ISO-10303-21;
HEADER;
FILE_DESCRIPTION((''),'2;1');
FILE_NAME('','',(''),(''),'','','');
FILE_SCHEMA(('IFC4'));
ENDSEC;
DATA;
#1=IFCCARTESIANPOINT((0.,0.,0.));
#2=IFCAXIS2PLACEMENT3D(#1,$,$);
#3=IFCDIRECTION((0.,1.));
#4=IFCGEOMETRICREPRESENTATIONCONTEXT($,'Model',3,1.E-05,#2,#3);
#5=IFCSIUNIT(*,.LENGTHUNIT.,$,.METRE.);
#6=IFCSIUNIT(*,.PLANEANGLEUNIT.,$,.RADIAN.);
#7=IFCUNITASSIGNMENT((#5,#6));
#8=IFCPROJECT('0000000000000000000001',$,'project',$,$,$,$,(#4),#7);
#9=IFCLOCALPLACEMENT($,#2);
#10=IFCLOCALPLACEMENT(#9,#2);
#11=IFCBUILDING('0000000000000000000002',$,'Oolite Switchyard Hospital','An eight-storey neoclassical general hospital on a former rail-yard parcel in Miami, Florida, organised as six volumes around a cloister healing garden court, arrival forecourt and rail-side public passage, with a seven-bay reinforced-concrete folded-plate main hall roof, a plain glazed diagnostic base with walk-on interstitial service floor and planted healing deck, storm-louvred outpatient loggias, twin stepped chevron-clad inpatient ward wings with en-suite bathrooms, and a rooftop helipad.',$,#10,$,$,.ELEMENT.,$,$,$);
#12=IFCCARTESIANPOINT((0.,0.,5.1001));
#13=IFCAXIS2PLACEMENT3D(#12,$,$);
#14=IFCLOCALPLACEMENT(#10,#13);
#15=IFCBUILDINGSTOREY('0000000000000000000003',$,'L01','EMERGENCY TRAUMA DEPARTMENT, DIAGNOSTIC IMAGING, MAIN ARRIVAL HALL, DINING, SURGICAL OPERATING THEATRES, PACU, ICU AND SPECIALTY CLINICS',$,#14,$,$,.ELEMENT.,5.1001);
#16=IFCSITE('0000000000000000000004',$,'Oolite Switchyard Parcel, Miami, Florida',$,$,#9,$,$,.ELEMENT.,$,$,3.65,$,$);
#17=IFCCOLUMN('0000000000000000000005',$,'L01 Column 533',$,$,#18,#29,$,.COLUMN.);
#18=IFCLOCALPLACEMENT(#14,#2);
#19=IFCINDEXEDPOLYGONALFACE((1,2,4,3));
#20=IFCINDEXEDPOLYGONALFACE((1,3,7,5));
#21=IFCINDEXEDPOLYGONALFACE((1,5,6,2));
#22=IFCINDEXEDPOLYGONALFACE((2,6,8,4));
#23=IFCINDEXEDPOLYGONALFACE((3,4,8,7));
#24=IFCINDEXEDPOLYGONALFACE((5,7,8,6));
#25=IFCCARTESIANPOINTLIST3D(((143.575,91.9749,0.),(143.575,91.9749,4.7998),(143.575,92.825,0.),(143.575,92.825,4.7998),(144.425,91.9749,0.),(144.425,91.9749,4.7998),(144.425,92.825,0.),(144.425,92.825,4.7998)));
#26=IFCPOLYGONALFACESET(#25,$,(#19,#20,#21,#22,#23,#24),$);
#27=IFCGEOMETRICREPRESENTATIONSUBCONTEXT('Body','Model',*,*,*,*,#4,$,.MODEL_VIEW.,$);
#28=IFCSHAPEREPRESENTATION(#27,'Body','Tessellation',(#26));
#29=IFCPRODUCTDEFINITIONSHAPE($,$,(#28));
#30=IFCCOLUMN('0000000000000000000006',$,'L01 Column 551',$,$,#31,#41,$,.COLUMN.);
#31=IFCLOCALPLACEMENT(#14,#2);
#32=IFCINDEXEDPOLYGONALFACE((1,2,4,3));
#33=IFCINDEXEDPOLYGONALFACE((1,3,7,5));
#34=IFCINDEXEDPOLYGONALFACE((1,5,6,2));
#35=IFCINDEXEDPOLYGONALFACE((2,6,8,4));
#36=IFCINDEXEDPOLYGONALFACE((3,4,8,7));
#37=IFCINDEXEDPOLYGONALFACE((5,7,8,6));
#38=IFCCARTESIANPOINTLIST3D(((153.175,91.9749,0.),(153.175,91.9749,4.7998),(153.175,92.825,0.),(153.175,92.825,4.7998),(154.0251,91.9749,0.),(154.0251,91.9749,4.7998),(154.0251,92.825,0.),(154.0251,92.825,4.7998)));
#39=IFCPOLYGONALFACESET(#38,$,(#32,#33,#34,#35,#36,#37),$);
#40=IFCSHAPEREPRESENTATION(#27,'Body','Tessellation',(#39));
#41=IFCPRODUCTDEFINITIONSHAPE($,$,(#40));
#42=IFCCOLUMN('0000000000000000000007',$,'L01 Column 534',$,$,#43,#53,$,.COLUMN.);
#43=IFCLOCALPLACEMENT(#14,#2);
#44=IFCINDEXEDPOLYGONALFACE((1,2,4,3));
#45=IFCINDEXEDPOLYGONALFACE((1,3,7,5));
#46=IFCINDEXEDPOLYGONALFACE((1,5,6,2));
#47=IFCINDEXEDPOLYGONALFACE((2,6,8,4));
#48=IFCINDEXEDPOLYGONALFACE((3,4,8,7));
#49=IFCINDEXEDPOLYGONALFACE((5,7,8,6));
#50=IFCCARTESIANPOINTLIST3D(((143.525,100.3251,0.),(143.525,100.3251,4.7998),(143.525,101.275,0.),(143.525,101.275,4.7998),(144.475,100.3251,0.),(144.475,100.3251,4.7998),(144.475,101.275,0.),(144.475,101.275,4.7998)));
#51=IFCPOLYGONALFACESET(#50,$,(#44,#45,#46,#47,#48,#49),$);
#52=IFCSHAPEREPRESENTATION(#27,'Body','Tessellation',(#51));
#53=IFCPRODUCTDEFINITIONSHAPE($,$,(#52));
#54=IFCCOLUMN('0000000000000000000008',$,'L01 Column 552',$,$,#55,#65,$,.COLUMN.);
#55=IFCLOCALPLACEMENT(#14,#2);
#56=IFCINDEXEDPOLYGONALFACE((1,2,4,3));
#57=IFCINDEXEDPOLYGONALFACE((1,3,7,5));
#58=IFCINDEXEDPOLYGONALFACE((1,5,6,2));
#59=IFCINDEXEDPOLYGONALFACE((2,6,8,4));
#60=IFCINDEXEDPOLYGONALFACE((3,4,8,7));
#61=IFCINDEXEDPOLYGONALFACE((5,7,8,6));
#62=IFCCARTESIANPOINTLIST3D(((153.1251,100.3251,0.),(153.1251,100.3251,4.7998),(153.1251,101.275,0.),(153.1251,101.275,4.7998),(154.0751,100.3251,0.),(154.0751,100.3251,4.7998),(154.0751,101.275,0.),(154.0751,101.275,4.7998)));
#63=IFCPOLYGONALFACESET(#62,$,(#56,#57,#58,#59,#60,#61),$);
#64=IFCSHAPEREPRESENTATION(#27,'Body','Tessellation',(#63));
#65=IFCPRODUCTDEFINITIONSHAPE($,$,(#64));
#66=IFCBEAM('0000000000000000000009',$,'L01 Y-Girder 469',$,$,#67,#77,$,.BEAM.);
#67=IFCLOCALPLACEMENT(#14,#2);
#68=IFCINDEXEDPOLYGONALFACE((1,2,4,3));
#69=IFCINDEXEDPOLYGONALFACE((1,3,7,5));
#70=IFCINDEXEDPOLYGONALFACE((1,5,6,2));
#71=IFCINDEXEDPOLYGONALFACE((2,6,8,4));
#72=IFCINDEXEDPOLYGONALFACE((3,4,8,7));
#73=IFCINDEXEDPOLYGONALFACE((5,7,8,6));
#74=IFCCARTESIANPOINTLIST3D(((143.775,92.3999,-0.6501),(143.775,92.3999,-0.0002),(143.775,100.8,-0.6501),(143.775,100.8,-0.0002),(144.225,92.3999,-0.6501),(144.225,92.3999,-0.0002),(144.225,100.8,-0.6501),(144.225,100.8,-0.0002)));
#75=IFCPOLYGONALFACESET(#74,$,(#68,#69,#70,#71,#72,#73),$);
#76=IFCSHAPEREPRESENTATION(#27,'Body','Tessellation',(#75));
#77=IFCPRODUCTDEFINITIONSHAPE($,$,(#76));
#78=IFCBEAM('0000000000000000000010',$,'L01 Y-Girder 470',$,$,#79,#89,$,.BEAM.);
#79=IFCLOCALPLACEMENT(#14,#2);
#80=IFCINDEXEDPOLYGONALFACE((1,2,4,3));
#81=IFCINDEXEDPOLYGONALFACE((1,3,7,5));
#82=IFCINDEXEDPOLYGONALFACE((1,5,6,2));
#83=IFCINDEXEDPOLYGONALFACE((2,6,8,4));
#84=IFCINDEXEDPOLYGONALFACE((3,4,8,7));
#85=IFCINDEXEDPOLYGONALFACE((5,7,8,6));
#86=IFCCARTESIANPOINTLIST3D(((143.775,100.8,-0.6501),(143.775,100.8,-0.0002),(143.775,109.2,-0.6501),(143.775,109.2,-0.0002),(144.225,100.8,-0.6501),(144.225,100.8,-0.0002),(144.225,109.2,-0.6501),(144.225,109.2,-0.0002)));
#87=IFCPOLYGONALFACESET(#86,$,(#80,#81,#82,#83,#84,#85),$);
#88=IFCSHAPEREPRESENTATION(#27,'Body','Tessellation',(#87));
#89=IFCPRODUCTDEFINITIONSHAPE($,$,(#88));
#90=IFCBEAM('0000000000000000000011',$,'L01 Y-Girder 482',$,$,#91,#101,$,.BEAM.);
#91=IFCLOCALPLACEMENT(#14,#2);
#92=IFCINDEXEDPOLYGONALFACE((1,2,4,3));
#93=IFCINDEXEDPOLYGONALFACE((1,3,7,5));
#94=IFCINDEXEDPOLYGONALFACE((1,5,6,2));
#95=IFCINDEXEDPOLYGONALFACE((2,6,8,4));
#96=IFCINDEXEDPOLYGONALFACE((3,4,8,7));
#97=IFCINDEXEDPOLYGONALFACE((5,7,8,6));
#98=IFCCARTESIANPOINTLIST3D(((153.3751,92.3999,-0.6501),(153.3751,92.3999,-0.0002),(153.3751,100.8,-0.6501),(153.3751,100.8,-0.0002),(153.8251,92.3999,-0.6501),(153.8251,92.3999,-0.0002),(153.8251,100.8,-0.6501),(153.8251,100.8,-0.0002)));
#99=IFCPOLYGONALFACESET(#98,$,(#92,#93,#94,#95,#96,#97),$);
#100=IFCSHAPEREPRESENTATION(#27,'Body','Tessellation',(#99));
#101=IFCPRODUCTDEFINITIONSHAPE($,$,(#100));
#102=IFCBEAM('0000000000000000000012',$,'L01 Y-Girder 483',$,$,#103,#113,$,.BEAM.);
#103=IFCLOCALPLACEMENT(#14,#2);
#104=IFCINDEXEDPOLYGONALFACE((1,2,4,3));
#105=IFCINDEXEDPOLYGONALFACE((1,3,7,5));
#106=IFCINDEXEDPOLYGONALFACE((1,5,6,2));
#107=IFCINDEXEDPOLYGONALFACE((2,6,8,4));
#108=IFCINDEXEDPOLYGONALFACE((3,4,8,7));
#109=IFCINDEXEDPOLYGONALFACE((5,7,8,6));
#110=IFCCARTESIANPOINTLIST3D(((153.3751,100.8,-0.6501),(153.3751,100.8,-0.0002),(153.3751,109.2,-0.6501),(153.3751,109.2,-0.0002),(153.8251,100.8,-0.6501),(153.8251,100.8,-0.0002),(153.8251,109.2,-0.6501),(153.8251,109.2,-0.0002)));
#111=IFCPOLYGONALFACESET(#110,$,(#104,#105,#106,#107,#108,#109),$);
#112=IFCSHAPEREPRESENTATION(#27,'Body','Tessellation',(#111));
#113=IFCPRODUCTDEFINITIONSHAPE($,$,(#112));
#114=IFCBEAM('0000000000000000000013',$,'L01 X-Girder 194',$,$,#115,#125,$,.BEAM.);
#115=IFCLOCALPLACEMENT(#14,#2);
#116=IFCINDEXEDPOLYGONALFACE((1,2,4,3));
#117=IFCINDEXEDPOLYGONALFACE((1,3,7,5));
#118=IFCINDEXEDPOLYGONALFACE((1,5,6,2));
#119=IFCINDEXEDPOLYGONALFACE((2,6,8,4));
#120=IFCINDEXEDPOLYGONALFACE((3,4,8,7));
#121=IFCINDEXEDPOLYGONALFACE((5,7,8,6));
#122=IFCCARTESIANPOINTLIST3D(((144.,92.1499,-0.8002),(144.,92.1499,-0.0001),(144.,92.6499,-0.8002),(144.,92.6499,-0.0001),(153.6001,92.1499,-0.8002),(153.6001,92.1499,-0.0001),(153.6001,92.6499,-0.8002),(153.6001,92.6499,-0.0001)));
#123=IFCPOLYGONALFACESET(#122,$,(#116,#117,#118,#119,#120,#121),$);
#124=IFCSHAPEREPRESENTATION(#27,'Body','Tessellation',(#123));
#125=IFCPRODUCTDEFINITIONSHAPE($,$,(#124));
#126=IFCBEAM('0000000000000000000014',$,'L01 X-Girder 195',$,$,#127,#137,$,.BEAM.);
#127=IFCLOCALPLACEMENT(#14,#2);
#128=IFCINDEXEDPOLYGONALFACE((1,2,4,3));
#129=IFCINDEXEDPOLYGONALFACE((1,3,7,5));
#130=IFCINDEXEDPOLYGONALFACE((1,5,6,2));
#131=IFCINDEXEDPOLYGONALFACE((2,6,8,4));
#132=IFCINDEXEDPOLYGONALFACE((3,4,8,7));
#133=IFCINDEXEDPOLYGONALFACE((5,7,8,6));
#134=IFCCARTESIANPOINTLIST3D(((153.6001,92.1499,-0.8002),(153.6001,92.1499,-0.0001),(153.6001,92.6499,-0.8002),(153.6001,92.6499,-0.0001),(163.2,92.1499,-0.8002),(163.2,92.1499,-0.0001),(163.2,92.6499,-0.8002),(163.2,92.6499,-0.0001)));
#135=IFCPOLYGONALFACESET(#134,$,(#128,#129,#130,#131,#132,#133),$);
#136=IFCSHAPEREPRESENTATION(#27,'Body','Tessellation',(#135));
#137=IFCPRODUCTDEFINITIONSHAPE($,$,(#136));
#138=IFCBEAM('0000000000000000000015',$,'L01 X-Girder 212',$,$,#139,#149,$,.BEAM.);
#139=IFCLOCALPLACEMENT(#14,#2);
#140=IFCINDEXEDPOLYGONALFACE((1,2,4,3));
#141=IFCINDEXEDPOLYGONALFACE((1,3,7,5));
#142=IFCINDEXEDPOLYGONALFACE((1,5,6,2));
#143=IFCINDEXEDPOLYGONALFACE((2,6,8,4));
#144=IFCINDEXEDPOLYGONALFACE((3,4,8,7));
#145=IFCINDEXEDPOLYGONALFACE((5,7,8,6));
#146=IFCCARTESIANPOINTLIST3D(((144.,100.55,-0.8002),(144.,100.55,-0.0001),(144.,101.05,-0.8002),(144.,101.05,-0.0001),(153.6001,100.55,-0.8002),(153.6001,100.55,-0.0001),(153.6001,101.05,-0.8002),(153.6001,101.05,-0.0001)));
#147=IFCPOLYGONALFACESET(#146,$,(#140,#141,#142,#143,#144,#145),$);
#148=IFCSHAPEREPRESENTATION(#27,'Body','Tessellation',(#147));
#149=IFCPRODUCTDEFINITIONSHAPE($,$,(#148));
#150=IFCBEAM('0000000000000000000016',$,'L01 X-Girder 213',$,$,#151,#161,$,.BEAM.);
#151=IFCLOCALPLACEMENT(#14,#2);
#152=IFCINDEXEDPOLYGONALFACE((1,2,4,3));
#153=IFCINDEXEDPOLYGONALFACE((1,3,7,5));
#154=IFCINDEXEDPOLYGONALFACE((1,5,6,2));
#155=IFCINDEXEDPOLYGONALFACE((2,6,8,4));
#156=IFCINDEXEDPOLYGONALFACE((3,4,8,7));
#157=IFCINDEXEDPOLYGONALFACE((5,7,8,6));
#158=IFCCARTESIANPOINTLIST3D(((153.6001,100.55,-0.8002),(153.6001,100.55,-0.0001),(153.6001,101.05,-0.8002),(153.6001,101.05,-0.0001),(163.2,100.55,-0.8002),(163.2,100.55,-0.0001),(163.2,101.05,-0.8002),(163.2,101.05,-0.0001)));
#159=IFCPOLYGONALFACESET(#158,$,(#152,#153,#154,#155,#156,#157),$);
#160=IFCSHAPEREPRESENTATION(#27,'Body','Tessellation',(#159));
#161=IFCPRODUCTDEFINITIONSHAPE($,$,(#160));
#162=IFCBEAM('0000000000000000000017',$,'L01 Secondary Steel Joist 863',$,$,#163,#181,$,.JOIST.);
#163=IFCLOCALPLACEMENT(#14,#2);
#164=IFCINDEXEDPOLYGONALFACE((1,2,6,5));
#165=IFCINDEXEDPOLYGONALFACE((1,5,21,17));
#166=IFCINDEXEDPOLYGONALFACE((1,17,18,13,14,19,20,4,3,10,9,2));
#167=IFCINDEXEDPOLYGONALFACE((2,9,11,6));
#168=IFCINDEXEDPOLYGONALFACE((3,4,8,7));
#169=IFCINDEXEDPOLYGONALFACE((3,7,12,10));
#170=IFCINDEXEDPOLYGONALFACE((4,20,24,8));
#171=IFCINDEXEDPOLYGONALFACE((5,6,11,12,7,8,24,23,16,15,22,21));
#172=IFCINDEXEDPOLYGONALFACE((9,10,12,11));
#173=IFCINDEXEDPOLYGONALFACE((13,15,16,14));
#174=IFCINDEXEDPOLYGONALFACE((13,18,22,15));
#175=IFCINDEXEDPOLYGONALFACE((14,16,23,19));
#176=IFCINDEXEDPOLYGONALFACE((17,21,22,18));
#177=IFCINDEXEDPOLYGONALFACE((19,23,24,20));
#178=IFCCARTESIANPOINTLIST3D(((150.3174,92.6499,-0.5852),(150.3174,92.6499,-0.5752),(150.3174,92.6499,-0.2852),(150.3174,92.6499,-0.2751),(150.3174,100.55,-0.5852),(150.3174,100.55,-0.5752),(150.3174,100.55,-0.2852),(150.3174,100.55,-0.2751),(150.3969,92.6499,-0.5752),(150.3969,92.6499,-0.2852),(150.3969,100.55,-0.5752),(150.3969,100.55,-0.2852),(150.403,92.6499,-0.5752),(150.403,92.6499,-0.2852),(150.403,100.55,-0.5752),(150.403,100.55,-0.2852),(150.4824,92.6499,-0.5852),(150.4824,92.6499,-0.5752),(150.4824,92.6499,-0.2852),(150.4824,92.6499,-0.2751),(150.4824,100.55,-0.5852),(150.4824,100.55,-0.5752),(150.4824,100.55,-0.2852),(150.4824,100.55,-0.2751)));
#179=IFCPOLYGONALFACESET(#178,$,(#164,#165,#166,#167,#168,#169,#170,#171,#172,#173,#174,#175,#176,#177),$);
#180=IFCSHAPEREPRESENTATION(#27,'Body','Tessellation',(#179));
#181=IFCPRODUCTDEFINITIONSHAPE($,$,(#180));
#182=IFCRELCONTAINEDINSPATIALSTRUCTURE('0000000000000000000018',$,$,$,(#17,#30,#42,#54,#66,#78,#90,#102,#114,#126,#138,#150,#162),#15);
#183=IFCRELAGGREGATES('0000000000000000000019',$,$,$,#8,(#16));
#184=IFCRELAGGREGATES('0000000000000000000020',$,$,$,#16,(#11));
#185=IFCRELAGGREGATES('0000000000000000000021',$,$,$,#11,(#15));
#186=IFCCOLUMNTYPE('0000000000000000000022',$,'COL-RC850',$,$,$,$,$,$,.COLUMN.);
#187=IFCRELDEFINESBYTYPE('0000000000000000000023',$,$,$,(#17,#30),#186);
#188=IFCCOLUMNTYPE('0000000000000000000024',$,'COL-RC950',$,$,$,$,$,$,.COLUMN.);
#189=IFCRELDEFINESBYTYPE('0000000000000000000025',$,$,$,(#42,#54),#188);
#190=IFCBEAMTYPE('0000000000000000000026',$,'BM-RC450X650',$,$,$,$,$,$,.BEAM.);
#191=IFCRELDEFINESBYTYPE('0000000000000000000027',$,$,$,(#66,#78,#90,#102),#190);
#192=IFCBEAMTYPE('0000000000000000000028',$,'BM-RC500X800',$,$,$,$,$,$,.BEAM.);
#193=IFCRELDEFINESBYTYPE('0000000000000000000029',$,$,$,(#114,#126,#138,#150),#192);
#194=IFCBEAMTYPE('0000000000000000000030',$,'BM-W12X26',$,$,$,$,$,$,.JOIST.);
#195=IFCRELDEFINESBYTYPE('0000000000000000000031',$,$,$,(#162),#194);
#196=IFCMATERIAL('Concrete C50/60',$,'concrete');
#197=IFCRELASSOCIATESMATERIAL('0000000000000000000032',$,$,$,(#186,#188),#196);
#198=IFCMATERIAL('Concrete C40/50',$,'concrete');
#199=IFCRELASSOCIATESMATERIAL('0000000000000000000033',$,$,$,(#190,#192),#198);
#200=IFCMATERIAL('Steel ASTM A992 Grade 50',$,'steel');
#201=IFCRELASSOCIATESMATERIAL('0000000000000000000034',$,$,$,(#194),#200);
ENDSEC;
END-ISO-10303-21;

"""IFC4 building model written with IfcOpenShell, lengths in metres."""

from ifc_helpers import new_model, si_unit, direction, frame, origin, origin_2d, place, context, subcontext, project, spatial, rectangle, i_section, extrude, material, material_profile, profile_set, type_object, element, save


model = new_model("IFC4")

# Units and contexts
model_context = context("Model", 3, precision=1e-05, world=origin(), true_north=direction((0.0, 1.0)))
body_context = subcontext(model_context, "Body", "Model", "MODEL_VIEW")
ifc_project = project(units=[si_unit("LENGTHUNIT", "METRE"), si_unit("PLANEANGLEUNIT", "RADIAN")], contexts=[model_context])

# Site, building, storey
site_placement = place(None, origin())
site = spatial("IfcSite", under=ifc_project, at=site_placement, Name="Oolite Switchyard Parcel, Miami, Florida", CompositionType="ELEMENT", RefElevation=3.65)
building_placement = place(site_placement, origin())
building = spatial("IfcBuilding", under=site, at=building_placement, Name="Oolite Switchyard Hospital", Description="An eight-storey neoclassical general hospital on a former rail-yard parcel in Miami, Florida, organised as six volumes around a cloister healing garden court, arrival forecourt and rail-side public passage, with a seven-bay reinforced-concrete folded-plate main hall roof, a plain glazed diagnostic base with walk-on interstitial service floor and planted healing deck, storm-louvred outpatient loggias, twin stepped chevron-clad inpatient ward wings with en-suite bathrooms, and a rooftop helipad.", CompositionType="ELEMENT")
storey_placement = place(building_placement, frame((0.0, 0.0, 5.1001)))
storey = spatial("IfcBuildingStorey", under=building, at=storey_placement, Name="L01", Description="EMERGENCY TRAUMA DEPARTMENT, DIAGNOSTIC IMAGING, MAIN ARRIVAL HALL, DINING, SURGICAL OPERATING THEATRES, PACU, ICU AND SPECIALTY CLINICS", CompositionType="ELEMENT", Elevation=5.1001)

# Columns
ifc_material_1 = material(Name="Concrete C50/60", Category="concrete")
ifc_material_profile_1 = material_profile(ifc_material_1, rectangle(XDim=0.8501, YDim=0.8501, at=origin_2d()), Name="RC850X850")
ifc_profile_set_1 = profile_set([ifc_material_profile_1], Name="Concrete C50/60")
column_type_1 = type_object("IfcColumnType", Name="COL-RC850", PredefinedType="COLUMN", material=ifc_profile_set_1)
for number, where, z_axis, x_axis, name in (
    (1, (144.0, 92.3999, 0.0), (0.0, 0.0, 1.0), (1.0, 0.0, 0.0), "L01 Column 533"),
    (2, (153.6001, 92.3999, 0.0), (0.0, 0.0, 1.0), (1.0, 0.0, 0.0), "L01 Column 551"),
):
    element("IfcColumn", number, at=place(storey_placement, frame(where, z_axis=z_axis, x_axis=x_axis)), inside=storey, type_object=column_type_1, Name=name, PredefinedType="COLUMN", context=body_context, shape_type="SweptSolid", body=[
        extrude(rectangle(XDim=0.8501, YDim=0.8501, at=origin_2d()), origin(), (0.0, 0.0, 1.0), 4.7998),
    ])
ifc_material_profile_2 = material_profile(ifc_material_1, rectangle(XDim=0.95, YDim=0.95, at=origin_2d()), Name="RC950X950")
ifc_profile_set_2 = profile_set([ifc_material_profile_2], Name="Concrete C50/60")
column_type_2 = type_object("IfcColumnType", Name="COL-RC950", PredefinedType="COLUMN", material=ifc_profile_set_2)
for number, where, z_axis, x_axis, name in (
    (3, (144.0, 100.8, 0.0), (0.0, 0.0, 1.0), (1.0, 0.0, 0.0), "L01 Column 534"),
    (4, (153.6001, 100.8, 0.0), (0.0, 0.0, 1.0), (1.0, 0.0, 0.0), "L01 Column 552"),
):
    element("IfcColumn", number, at=place(storey_placement, frame(where, z_axis=z_axis, x_axis=x_axis)), inside=storey, type_object=column_type_2, Name=name, PredefinedType="COLUMN", context=body_context, shape_type="SweptSolid", body=[
        extrude(rectangle(XDim=0.95, YDim=0.95, at=origin_2d()), origin(), (0.0, 0.0, 1.0), 4.7998),
    ])

# Beams
ifc_material_2 = material(Name="Concrete C40/50", Category="concrete")
ifc_material_profile_3 = material_profile(ifc_material_2, rectangle(XDim=0.45, YDim=0.6499, at=origin_2d()), Name="RCB450X650")
ifc_profile_set_3 = profile_set([ifc_material_profile_3], Name="Concrete C40/50")
beam_type_1 = type_object("IfcBeamType", Name="BM-RC450X650", PredefinedType="BEAM", material=ifc_profile_set_3)
beam_1_placement = place(storey_placement, frame((144.0, 92.3999, -0.3252), z_axis=(0.0, 1.0, 0.0), x_axis=(-1.0, 0.0, 0.0)))
element("IfcBeam", 5, at=beam_1_placement, inside=storey, type_object=beam_type_1, Name="L01 Y-Girder 469", PredefinedType="BEAM", context=body_context, shape_type="SweptSolid", body=[
    extrude(rectangle(XDim=0.45, YDim=0.6499, at=origin_2d()), origin(), (0.0, 0.0, 1.0), 8.4001),
])
beam_2_placement = place(storey_placement, frame((144.0, 100.8, -0.3252), z_axis=(0.0, 1.0, 0.0), x_axis=(-1.0, 0.0, 0.0)))
element("IfcBeam", 6, at=beam_2_placement, inside=storey, type_object=beam_type_1, Name="L01 Y-Girder 470", PredefinedType="BEAM", context=body_context, shape_type="SweptSolid", body=[
    extrude(rectangle(XDim=0.45, YDim=0.6499, at=origin_2d()), origin(), (0.0, 0.0, 1.0), 8.3999),
])
beam_3_placement = place(storey_placement, frame((153.6001, 92.3999, -0.3252), z_axis=(0.0, 1.0, 0.0), x_axis=(-1.0, 0.0, 0.0)))
element("IfcBeam", 7, at=beam_3_placement, inside=storey, type_object=beam_type_1, Name="L01 Y-Girder 482", PredefinedType="BEAM", context=body_context, shape_type="SweptSolid", body=[
    extrude(rectangle(XDim=0.45, YDim=0.6499, at=origin_2d()), origin(), (0.0, 0.0, 1.0), 8.4001),
])
beam_4_placement = place(storey_placement, frame((153.6001, 100.8, -0.3252), z_axis=(0.0, 1.0, 0.0), x_axis=(-1.0, 0.0, 0.0)))
element("IfcBeam", 8, at=beam_4_placement, inside=storey, type_object=beam_type_1, Name="L01 Y-Girder 483", PredefinedType="BEAM", context=body_context, shape_type="SweptSolid", body=[
    extrude(rectangle(XDim=0.45, YDim=0.6499, at=origin_2d()), origin(), (0.0, 0.0, 1.0), 8.3999),
])
ifc_material_profile_4 = material_profile(ifc_material_2, rectangle(XDim=0.5, YDim=0.8, at=origin_2d()), Name="RCB500X800")
ifc_profile_set_4 = profile_set([ifc_material_profile_4], Name="Concrete C40/50")
beam_type_2 = type_object("IfcBeamType", Name="BM-RC500X800", PredefinedType="BEAM", material=ifc_profile_set_4)
beam_5_placement = place(storey_placement, frame((144.0, 92.3999, -0.4001), z_axis=(1.0, 0.0, 0.0), x_axis=(0.0, 1.0, 0.0)))
element("IfcBeam", 9, at=beam_5_placement, inside=storey, type_object=beam_type_2, Name="L01 X-Girder 194", PredefinedType="BEAM", context=body_context, shape_type="SweptSolid", body=[
    extrude(rectangle(XDim=0.5, YDim=0.8, at=origin_2d()), origin(), (0.0, 0.0, 1.0), 9.6001),
])
beam_6_placement = place(storey_placement, frame((153.6001, 92.3999, -0.4001), z_axis=(1.0, 0.0, 0.0), x_axis=(0.0, 1.0, 0.0)))
element("IfcBeam", 10, at=beam_6_placement, inside=storey, type_object=beam_type_2, Name="L01 X-Girder 195", PredefinedType="BEAM", context=body_context, shape_type="SweptSolid", body=[
    extrude(rectangle(XDim=0.5, YDim=0.8, at=origin_2d()), origin(), (0.0, 0.0, 1.0), 9.5999),
])
beam_7_placement = place(storey_placement, frame((144.0, 100.8, -0.4001), z_axis=(1.0, 0.0, 0.0), x_axis=(0.0, 1.0, 0.0)))
element("IfcBeam", 11, at=beam_7_placement, inside=storey, type_object=beam_type_2, Name="L01 X-Girder 212", PredefinedType="BEAM", context=body_context, shape_type="SweptSolid", body=[
    extrude(rectangle(XDim=0.5, YDim=0.8, at=origin_2d()), origin(), (0.0, 0.0, 1.0), 9.6001),
])
beam_8_placement = place(storey_placement, frame((153.6001, 100.8, -0.4001), z_axis=(1.0, 0.0, 0.0), x_axis=(0.0, 1.0, 0.0)))
element("IfcBeam", 12, at=beam_8_placement, inside=storey, type_object=beam_type_2, Name="L01 X-Girder 213", PredefinedType="BEAM", context=body_context, shape_type="SweptSolid", body=[
    extrude(rectangle(XDim=0.5, YDim=0.8, at=origin_2d()), origin(), (0.0, 0.0, 1.0), 9.5999),
])
ifc_material_3 = material(Name="Steel ASTM A992 Grade 50", Category="steel")
ifc_material_profile_5 = material_profile(ifc_material_3, i_section(OverallWidth=0.165, OverallDepth=0.3101, WebThickness=0.0061, FlangeThickness=0.01, at=origin_2d()), Name="W12X26")
ifc_profile_set_5 = profile_set([ifc_material_profile_5], Name="Steel ASTM A992 Grade 50")
beam_type_3 = type_object("IfcBeamType", Name="BM-W12X26", PredefinedType="JOIST", material=ifc_profile_set_5)
for number, where, z_axis, x_axis, name in (
    (13, (150.3999, 92.6499, -0.4302), (0.0, 1.0, 0.0), (-1.0, 0.0, 0.0), "L01 Secondary Steel Joist 863"),
):
    element("IfcBeam", number, at=place(storey_placement, frame(where, z_axis=z_axis, x_axis=x_axis)), inside=storey, type_object=beam_type_3, Name=name, PredefinedType="JOIST", context=body_context, shape_type="SweptSolid", body=[
        extrude(i_section(OverallWidth=0.165, OverallDepth=0.3101, WebThickness=0.0061, FlangeThickness=0.01, at=origin_2d()), origin(), (0.0, 0.0, 1.0), 7.9001),
    ])

save(model, "model.ifc")
